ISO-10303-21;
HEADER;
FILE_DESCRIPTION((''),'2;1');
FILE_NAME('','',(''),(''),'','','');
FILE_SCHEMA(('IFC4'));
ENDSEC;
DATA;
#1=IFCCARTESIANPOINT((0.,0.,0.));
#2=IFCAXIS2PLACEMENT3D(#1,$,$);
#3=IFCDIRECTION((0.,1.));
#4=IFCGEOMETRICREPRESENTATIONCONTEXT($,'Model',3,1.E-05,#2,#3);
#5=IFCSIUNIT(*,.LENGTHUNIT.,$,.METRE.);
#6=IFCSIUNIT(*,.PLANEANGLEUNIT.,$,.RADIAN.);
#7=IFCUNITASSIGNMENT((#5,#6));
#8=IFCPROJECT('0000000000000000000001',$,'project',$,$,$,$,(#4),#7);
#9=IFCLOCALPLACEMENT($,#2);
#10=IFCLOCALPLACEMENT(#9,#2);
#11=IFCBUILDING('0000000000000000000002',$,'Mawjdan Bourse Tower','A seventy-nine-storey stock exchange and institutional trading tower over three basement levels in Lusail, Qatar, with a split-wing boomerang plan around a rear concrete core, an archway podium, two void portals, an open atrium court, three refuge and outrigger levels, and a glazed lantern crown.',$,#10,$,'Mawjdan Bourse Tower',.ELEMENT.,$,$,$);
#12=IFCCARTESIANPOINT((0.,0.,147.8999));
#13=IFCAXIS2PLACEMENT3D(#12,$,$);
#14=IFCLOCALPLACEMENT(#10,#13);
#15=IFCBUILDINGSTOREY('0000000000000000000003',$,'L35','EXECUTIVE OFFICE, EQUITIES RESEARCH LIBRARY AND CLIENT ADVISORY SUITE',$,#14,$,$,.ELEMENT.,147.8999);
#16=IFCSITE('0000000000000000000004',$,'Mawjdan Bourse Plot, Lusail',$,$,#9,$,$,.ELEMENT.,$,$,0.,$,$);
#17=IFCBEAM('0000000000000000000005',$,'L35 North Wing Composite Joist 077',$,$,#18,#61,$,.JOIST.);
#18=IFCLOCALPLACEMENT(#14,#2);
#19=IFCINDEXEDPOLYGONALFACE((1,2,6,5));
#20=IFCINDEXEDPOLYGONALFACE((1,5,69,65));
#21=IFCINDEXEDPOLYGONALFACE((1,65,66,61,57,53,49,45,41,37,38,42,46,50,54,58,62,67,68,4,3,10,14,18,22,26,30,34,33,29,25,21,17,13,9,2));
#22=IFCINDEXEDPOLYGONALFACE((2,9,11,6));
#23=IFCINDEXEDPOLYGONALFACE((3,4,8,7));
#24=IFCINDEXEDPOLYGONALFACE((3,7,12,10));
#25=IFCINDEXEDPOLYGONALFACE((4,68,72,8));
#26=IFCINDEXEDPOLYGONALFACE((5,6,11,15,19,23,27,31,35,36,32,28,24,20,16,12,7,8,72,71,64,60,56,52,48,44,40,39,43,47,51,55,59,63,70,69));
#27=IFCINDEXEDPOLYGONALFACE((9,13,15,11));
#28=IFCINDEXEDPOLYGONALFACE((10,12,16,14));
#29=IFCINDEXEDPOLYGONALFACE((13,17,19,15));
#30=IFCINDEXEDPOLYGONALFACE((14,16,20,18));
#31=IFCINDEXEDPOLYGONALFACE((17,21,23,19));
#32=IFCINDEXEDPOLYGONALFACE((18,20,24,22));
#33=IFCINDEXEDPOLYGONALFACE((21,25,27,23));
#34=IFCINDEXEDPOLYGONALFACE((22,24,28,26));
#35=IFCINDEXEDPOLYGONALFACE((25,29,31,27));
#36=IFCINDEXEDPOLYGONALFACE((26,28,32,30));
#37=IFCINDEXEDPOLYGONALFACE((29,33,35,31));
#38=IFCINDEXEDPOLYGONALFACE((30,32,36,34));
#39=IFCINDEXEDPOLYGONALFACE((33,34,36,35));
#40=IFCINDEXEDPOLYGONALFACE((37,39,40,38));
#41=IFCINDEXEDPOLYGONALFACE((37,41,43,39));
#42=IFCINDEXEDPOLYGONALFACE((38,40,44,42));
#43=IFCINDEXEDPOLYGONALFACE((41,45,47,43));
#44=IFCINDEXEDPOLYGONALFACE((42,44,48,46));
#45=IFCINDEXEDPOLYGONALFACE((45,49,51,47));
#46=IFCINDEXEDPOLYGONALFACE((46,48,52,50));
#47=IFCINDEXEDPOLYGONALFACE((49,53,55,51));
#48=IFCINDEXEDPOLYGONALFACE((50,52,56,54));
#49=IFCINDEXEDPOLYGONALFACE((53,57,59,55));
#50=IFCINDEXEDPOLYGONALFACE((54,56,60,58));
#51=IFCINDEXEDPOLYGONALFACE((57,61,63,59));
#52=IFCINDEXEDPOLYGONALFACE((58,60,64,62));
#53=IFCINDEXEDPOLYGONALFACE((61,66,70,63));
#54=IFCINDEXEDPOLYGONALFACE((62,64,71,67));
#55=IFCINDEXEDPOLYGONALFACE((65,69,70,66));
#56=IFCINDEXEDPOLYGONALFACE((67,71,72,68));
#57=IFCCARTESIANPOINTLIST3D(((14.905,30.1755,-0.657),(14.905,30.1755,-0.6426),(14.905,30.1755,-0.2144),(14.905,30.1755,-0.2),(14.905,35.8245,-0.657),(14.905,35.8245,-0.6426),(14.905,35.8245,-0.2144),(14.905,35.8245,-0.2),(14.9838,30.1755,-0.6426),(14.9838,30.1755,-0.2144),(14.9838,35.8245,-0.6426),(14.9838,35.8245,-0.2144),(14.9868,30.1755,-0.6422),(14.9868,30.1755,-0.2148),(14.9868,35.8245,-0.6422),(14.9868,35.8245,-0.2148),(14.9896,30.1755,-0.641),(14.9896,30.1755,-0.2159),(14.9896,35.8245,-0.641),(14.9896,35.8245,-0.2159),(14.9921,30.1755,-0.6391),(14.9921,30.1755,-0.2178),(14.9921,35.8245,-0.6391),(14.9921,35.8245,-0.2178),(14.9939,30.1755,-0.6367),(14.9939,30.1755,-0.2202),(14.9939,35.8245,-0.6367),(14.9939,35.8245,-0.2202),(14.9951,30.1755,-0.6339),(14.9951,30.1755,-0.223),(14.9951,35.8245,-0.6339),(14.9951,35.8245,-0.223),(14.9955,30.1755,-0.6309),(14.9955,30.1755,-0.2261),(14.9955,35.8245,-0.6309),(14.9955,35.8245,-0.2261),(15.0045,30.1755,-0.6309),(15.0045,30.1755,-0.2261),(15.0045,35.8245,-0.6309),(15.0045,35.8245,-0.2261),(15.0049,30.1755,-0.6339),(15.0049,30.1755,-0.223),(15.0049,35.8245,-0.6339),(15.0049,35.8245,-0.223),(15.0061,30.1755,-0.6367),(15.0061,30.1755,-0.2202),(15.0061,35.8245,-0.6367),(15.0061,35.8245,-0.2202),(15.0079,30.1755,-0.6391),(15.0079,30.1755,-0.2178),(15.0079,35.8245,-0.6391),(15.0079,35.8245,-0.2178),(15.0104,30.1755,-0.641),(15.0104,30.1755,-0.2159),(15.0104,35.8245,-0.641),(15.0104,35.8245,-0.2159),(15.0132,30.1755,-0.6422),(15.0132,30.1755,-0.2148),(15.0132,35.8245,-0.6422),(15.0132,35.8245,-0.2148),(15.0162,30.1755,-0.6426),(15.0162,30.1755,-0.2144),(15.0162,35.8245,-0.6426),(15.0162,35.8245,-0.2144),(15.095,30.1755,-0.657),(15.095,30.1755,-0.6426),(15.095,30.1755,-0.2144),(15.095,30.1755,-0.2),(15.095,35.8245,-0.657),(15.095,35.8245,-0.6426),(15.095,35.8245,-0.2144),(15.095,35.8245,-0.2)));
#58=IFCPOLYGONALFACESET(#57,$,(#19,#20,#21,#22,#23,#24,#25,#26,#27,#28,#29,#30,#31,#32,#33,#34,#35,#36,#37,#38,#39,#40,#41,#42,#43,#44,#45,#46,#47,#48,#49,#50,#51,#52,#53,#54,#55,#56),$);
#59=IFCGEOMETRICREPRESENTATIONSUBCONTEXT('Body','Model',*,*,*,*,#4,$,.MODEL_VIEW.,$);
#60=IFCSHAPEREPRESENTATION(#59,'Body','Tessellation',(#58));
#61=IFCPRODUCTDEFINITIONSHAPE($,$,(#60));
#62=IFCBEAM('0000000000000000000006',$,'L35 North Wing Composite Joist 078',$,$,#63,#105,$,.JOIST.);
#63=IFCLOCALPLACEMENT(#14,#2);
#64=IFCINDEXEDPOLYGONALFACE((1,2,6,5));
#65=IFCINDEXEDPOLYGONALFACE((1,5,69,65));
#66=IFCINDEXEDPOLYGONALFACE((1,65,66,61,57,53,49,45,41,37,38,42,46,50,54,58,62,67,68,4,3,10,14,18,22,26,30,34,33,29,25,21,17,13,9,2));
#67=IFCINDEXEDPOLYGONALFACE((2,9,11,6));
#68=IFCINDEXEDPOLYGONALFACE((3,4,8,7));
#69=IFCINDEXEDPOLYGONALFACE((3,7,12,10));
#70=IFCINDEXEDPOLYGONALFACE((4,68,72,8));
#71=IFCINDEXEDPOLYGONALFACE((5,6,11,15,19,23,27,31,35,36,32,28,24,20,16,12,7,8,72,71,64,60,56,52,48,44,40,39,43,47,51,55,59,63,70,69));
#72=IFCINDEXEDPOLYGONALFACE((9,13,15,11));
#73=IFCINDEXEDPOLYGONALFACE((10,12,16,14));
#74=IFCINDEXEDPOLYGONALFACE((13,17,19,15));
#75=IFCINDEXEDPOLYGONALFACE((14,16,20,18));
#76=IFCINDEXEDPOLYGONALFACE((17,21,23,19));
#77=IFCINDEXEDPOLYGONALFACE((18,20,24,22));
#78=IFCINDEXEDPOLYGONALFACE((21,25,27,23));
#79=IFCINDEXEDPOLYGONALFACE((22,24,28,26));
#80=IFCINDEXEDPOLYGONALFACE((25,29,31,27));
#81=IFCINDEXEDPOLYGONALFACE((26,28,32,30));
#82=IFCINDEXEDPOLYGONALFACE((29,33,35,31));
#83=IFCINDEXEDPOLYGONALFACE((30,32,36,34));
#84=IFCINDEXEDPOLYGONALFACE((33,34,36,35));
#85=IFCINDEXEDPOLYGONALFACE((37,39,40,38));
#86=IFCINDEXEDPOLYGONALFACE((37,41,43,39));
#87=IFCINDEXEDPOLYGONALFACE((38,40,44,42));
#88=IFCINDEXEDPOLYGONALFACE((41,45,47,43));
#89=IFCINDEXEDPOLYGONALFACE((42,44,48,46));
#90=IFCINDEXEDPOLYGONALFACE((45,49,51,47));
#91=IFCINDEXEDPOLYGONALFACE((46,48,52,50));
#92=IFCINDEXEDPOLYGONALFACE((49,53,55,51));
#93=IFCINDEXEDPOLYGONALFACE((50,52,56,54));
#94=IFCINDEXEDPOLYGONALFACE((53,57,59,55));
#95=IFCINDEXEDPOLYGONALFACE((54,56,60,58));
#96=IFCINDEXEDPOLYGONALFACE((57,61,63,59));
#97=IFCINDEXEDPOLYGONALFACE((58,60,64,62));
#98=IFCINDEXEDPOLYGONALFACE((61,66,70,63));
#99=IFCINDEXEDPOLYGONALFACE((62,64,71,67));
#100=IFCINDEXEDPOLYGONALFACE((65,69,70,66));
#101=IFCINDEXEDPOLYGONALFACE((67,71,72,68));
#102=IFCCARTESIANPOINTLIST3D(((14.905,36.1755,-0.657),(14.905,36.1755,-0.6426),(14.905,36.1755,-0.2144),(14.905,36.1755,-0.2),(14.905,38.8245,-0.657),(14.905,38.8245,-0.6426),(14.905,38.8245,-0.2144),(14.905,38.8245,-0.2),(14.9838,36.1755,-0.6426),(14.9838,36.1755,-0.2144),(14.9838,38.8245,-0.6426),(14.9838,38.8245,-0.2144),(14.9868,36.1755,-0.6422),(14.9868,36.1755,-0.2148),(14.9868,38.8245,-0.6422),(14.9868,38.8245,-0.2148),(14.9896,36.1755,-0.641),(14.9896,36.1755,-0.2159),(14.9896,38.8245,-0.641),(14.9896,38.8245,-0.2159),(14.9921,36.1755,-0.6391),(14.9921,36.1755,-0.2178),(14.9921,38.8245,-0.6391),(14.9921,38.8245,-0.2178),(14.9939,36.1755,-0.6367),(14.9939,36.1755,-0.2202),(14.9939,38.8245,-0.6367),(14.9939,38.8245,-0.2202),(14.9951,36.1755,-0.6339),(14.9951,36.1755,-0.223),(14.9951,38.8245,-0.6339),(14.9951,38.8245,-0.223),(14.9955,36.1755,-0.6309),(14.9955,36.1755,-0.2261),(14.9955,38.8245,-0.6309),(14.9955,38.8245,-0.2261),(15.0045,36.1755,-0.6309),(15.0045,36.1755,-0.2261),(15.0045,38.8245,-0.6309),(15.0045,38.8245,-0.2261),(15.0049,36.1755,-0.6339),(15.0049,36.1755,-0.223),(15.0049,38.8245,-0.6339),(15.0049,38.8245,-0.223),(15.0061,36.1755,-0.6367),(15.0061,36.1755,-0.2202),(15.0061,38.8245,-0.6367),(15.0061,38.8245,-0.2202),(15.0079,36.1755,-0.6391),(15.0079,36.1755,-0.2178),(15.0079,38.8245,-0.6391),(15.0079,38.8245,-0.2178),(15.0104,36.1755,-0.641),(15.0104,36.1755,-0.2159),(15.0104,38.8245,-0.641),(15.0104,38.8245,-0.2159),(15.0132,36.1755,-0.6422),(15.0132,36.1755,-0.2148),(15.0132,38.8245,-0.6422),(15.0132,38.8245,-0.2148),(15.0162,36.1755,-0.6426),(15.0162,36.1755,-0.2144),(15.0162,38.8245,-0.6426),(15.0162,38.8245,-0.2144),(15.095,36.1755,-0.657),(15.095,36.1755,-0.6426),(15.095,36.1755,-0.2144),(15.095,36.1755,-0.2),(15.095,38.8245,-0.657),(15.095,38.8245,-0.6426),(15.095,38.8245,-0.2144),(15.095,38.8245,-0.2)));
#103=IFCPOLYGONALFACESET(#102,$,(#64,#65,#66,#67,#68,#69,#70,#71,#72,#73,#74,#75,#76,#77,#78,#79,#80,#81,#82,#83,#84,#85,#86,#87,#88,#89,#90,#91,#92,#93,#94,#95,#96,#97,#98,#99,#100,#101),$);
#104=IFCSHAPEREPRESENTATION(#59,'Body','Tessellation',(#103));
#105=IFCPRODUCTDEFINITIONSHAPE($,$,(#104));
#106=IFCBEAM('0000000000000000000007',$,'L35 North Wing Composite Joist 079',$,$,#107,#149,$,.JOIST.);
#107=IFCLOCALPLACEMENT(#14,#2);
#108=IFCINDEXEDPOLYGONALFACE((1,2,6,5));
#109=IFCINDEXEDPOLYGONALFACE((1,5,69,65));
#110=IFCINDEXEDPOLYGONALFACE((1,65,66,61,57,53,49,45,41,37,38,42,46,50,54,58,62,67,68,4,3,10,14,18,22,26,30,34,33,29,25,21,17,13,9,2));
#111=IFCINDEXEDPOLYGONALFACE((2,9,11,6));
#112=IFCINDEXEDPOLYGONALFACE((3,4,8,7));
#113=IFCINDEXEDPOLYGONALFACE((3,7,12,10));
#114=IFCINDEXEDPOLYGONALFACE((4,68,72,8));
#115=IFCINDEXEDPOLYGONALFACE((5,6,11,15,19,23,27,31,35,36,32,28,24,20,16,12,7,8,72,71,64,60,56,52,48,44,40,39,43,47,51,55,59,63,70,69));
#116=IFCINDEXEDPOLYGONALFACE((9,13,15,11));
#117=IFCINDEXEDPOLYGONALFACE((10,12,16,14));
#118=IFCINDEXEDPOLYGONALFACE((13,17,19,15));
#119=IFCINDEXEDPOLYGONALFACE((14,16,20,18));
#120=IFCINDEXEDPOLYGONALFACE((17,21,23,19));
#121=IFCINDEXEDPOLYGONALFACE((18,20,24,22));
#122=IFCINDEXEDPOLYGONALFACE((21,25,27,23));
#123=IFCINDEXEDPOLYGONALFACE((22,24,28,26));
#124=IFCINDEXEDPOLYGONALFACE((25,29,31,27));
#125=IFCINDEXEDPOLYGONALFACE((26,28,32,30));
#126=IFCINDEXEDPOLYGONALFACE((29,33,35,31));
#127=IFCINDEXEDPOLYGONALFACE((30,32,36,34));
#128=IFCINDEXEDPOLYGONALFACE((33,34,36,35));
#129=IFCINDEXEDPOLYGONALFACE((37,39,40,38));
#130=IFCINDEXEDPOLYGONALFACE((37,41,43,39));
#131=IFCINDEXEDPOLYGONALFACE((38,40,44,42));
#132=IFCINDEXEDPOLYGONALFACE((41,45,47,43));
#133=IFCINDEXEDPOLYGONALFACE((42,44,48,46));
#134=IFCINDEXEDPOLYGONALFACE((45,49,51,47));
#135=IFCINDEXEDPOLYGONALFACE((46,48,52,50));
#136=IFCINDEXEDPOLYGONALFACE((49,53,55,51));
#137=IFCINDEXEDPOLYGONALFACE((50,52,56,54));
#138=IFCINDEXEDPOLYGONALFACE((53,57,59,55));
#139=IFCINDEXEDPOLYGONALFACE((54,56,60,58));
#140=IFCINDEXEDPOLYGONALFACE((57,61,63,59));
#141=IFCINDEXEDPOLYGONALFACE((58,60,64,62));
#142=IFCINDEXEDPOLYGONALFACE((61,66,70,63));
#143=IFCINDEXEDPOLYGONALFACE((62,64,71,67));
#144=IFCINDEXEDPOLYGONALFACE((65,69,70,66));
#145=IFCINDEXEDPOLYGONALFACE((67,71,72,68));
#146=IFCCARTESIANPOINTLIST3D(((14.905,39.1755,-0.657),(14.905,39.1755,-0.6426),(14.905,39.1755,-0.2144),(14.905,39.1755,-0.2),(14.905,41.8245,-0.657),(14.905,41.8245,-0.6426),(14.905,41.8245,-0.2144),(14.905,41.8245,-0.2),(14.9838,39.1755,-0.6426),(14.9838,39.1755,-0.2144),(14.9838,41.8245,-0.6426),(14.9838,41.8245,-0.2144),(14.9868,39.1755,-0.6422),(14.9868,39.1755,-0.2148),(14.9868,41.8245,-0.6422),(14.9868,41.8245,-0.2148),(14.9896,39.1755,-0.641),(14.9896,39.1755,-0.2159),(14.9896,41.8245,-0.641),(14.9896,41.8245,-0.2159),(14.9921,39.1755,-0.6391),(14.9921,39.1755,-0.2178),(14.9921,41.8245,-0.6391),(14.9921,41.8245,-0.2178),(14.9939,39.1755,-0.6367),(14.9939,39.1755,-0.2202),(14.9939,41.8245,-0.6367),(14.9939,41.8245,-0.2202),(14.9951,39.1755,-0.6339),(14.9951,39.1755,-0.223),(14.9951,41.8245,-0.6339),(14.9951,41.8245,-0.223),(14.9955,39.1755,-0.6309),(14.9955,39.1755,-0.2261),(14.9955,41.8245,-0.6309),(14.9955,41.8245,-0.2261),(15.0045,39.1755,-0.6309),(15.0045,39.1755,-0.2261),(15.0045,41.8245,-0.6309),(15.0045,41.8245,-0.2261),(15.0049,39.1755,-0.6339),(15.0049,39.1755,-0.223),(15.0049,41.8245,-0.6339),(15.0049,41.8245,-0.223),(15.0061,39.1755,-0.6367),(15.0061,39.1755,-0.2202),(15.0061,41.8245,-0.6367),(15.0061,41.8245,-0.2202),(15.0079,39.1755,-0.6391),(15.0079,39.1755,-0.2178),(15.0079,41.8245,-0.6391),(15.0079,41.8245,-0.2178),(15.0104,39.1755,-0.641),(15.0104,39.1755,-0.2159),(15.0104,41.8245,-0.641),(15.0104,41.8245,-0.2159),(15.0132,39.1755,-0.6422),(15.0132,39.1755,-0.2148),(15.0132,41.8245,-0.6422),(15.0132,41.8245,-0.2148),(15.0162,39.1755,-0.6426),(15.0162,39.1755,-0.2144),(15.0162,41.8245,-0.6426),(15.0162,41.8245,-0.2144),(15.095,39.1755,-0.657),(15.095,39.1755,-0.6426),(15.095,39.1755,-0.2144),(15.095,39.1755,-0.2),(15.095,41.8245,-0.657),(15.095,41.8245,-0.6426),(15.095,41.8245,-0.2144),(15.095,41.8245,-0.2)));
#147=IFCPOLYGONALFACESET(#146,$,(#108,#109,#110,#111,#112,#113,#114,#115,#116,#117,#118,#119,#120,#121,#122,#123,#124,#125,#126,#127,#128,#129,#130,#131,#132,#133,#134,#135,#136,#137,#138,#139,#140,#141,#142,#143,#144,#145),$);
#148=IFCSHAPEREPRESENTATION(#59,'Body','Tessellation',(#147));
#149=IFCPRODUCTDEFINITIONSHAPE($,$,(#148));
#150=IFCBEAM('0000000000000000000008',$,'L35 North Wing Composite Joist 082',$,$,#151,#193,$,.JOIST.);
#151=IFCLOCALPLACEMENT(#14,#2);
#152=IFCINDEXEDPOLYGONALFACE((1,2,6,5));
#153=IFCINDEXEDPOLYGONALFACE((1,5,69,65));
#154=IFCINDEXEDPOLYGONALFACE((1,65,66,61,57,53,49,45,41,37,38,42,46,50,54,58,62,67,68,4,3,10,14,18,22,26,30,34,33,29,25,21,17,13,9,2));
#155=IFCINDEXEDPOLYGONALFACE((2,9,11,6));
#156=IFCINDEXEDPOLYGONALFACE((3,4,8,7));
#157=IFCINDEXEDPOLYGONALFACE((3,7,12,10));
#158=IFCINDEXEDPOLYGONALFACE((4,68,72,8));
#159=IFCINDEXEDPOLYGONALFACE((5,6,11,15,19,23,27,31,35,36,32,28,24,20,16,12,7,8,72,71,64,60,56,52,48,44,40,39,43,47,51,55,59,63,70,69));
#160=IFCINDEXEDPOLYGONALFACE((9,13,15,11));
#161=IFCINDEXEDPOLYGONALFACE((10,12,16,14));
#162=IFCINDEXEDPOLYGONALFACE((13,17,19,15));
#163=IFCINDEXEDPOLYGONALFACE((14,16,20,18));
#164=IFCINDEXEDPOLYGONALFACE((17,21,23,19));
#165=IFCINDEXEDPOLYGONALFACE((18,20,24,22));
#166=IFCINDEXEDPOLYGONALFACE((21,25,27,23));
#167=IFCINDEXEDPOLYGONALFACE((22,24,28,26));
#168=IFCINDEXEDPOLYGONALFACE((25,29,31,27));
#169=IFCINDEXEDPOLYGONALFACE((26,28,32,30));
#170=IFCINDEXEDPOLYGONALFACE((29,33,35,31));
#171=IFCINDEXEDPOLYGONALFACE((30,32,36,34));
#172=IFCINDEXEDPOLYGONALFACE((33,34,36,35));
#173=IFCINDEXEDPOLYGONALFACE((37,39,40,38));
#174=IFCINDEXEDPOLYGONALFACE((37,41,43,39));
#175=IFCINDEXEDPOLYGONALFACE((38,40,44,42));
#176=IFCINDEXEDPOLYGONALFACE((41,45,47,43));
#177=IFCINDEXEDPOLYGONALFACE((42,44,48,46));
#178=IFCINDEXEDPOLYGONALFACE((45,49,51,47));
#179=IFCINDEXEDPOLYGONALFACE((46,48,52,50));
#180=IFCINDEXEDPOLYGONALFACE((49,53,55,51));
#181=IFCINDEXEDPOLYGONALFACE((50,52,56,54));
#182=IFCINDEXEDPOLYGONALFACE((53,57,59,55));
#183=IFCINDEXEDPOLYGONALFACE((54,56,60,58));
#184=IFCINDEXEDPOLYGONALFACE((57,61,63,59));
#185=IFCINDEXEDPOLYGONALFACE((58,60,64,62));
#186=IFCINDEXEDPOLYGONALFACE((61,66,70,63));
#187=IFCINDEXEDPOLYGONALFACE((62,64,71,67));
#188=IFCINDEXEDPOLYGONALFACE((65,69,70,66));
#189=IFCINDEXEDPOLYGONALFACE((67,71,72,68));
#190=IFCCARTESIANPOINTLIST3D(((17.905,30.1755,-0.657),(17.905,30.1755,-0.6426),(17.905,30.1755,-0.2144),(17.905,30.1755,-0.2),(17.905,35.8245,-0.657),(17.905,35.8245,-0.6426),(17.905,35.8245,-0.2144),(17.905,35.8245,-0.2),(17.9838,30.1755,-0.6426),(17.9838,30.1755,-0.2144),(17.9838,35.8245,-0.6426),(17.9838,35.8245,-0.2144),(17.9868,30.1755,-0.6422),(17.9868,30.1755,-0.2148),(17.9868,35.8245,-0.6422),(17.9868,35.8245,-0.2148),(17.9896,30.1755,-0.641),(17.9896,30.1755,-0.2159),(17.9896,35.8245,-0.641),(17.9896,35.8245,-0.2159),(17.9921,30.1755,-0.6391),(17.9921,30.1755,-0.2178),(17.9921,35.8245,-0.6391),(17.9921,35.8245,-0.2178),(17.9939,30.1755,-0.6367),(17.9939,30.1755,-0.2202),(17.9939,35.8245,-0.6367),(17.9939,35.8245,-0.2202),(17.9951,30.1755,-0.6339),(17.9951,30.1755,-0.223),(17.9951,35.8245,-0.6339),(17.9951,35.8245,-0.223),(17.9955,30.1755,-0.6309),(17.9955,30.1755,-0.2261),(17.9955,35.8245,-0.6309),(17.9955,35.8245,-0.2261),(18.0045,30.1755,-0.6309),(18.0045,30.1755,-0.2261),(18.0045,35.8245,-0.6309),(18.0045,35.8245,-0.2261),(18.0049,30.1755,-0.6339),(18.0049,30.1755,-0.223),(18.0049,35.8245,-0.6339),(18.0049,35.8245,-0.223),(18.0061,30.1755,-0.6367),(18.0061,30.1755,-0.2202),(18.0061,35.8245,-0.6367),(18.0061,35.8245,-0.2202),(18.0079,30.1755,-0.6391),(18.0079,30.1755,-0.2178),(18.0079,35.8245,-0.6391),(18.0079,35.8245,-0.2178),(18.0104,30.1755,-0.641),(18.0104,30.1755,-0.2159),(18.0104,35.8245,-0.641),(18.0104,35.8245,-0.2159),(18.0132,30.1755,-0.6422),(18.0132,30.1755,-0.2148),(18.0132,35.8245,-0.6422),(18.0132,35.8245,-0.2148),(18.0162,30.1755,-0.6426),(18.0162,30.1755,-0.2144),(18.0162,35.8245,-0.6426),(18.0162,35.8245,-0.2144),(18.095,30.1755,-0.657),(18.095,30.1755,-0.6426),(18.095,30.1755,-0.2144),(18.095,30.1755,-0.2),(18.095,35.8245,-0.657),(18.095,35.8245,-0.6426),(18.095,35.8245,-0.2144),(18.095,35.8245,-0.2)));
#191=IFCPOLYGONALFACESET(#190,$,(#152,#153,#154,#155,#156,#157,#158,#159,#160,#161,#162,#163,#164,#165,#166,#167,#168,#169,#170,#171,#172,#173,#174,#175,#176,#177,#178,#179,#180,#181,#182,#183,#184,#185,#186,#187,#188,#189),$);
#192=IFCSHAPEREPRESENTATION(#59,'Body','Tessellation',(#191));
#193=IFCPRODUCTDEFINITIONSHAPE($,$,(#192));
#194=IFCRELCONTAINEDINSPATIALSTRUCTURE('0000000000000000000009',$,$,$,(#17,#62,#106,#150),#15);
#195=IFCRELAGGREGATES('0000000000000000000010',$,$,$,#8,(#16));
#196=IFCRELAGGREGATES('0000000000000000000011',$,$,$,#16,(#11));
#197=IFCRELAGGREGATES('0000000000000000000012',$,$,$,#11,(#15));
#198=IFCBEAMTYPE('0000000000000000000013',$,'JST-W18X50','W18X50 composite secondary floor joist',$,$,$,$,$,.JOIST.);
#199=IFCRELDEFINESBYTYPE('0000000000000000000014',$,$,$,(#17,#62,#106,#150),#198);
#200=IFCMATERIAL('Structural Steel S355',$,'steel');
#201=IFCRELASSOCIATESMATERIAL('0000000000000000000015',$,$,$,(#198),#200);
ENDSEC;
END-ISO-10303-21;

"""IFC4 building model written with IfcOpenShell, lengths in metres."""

from ifc_helpers import new_model, si_unit, direction, frame, origin, origin_2d, place, context, subcontext, project, spatial, i_section, extrude, material, material_profile, profile_set, type_object, element, save


model = new_model("IFC4")

# Units and contexts
model_context = context("Model", 3, precision=1e-05, world=origin(), true_north=direction((0.0, 1.0)))
body_context = subcontext(model_context, "Body", "Model", "MODEL_VIEW")
ifc_project = project(units=[si_unit("LENGTHUNIT", "METRE"), si_unit("PLANEANGLEUNIT", "RADIAN")], contexts=[model_context])

# Site, building, storey
site_placement = place(None, origin())
site = spatial("IfcSite", under=ifc_project, at=site_placement, Name="Mawjdan Bourse Plot, Lusail", CompositionType="ELEMENT", RefElevation=0.0)
building_placement = place(site_placement, origin())
building = spatial("IfcBuilding", under=site, at=building_placement, Name="Mawjdan Bourse Tower", Description="A seventy-nine-storey stock exchange and institutional trading tower over three basement levels in Lusail, Qatar, with a split-wing boomerang plan around a rear concrete core, an archway podium, two void portals, an open atrium court, three refuge and outrigger levels, and a glazed lantern crown.", LongName="Mawjdan Bourse Tower", CompositionType="ELEMENT")
storey_placement = place(building_placement, frame((0.0, 0.0, 147.8999)))
storey = spatial("IfcBuildingStorey", under=building, at=storey_placement, Name="L35", Description="EXECUTIVE OFFICE, EQUITIES RESEARCH LIBRARY AND CLIENT ADVISORY SUITE", CompositionType="ELEMENT", Elevation=147.8999)

# Beams
ifc_material_1 = material(Name="Structural Steel S355", Category="steel")
ifc_material_profile_1 = material_profile(ifc_material_1, i_section(OverallWidth=0.1899, OverallDepth=0.457, WebThickness=0.009, FlangeThickness=0.0144, FilletRadius=0.0117, at=origin_2d()), Name="W18X50")
ifc_profile_set_1 = profile_set([ifc_material_profile_1], Name="Structural Steel S355")
beam_type_1 = type_object("IfcBeamType", Name="JST-W18X50", Description="W18X50 composite secondary floor joist", PredefinedType="JOIST", material=ifc_profile_set_1)
beam_1_placement = place(storey_placement, frame((15.0, 30.1755, -0.4285), z_axis=(0.0, 1.0, 0.0), x_axis=(-1.0, 0.0, 0.0)))
element("IfcBeam", 1, at=beam_1_placement, inside=storey, type_object=beam_type_1, Name="L35 North Wing Composite Joist 077", PredefinedType="JOIST", context=body_context, shape_type="SweptSolid", body=[
    extrude(i_section(OverallWidth=0.1899, OverallDepth=0.457, WebThickness=0.009, FlangeThickness=0.0144, FilletRadius=0.0117, at=origin_2d()), origin(), (0.0, 0.0, 1.0), 5.6489),
])
for number, where, z_axis, x_axis, name in (
    (2, (15.0, 36.1755, -0.4285), (0.0, 1.0, 0.0), (-1.0, 0.0, 0.0), "L35 North Wing Composite Joist 078"),
    (3, (15.0, 39.1755, -0.4285), (0.0, 1.0, 0.0), (-1.0, 0.0, 0.0), "L35 North Wing Composite Joist 079"),
):
    element("IfcBeam", number, at=place(storey_placement, frame(where, z_axis=z_axis, x_axis=x_axis)), inside=storey, type_object=beam_type_1, Name=name, PredefinedType="JOIST", context=body_context, shape_type="SweptSolid", body=[
        extrude(i_section(OverallWidth=0.1899, OverallDepth=0.457, WebThickness=0.009, FlangeThickness=0.0144, FilletRadius=0.0117, at=origin_2d()), origin(), (0.0, 0.0, 1.0), 2.6489),
    ])
beam_2_placement = place(storey_placement, frame((18.0, 30.1755, -0.4285), z_axis=(0.0, 1.0, 0.0), x_axis=(-1.0, 0.0, 0.0)))
element("IfcBeam", 4, at=beam_2_placement, inside=storey, type_object=beam_type_1, Name="L35 North Wing Composite Joist 082", PredefinedType="JOIST", context=body_context, shape_type="SweptSolid", body=[
    extrude(i_section(OverallWidth=0.1899, OverallDepth=0.457, WebThickness=0.009, FlangeThickness=0.0144, FilletRadius=0.0117, at=origin_2d()), origin(), (0.0, 0.0, 1.0), 5.6489),
])

save(model, "model.ifc")
